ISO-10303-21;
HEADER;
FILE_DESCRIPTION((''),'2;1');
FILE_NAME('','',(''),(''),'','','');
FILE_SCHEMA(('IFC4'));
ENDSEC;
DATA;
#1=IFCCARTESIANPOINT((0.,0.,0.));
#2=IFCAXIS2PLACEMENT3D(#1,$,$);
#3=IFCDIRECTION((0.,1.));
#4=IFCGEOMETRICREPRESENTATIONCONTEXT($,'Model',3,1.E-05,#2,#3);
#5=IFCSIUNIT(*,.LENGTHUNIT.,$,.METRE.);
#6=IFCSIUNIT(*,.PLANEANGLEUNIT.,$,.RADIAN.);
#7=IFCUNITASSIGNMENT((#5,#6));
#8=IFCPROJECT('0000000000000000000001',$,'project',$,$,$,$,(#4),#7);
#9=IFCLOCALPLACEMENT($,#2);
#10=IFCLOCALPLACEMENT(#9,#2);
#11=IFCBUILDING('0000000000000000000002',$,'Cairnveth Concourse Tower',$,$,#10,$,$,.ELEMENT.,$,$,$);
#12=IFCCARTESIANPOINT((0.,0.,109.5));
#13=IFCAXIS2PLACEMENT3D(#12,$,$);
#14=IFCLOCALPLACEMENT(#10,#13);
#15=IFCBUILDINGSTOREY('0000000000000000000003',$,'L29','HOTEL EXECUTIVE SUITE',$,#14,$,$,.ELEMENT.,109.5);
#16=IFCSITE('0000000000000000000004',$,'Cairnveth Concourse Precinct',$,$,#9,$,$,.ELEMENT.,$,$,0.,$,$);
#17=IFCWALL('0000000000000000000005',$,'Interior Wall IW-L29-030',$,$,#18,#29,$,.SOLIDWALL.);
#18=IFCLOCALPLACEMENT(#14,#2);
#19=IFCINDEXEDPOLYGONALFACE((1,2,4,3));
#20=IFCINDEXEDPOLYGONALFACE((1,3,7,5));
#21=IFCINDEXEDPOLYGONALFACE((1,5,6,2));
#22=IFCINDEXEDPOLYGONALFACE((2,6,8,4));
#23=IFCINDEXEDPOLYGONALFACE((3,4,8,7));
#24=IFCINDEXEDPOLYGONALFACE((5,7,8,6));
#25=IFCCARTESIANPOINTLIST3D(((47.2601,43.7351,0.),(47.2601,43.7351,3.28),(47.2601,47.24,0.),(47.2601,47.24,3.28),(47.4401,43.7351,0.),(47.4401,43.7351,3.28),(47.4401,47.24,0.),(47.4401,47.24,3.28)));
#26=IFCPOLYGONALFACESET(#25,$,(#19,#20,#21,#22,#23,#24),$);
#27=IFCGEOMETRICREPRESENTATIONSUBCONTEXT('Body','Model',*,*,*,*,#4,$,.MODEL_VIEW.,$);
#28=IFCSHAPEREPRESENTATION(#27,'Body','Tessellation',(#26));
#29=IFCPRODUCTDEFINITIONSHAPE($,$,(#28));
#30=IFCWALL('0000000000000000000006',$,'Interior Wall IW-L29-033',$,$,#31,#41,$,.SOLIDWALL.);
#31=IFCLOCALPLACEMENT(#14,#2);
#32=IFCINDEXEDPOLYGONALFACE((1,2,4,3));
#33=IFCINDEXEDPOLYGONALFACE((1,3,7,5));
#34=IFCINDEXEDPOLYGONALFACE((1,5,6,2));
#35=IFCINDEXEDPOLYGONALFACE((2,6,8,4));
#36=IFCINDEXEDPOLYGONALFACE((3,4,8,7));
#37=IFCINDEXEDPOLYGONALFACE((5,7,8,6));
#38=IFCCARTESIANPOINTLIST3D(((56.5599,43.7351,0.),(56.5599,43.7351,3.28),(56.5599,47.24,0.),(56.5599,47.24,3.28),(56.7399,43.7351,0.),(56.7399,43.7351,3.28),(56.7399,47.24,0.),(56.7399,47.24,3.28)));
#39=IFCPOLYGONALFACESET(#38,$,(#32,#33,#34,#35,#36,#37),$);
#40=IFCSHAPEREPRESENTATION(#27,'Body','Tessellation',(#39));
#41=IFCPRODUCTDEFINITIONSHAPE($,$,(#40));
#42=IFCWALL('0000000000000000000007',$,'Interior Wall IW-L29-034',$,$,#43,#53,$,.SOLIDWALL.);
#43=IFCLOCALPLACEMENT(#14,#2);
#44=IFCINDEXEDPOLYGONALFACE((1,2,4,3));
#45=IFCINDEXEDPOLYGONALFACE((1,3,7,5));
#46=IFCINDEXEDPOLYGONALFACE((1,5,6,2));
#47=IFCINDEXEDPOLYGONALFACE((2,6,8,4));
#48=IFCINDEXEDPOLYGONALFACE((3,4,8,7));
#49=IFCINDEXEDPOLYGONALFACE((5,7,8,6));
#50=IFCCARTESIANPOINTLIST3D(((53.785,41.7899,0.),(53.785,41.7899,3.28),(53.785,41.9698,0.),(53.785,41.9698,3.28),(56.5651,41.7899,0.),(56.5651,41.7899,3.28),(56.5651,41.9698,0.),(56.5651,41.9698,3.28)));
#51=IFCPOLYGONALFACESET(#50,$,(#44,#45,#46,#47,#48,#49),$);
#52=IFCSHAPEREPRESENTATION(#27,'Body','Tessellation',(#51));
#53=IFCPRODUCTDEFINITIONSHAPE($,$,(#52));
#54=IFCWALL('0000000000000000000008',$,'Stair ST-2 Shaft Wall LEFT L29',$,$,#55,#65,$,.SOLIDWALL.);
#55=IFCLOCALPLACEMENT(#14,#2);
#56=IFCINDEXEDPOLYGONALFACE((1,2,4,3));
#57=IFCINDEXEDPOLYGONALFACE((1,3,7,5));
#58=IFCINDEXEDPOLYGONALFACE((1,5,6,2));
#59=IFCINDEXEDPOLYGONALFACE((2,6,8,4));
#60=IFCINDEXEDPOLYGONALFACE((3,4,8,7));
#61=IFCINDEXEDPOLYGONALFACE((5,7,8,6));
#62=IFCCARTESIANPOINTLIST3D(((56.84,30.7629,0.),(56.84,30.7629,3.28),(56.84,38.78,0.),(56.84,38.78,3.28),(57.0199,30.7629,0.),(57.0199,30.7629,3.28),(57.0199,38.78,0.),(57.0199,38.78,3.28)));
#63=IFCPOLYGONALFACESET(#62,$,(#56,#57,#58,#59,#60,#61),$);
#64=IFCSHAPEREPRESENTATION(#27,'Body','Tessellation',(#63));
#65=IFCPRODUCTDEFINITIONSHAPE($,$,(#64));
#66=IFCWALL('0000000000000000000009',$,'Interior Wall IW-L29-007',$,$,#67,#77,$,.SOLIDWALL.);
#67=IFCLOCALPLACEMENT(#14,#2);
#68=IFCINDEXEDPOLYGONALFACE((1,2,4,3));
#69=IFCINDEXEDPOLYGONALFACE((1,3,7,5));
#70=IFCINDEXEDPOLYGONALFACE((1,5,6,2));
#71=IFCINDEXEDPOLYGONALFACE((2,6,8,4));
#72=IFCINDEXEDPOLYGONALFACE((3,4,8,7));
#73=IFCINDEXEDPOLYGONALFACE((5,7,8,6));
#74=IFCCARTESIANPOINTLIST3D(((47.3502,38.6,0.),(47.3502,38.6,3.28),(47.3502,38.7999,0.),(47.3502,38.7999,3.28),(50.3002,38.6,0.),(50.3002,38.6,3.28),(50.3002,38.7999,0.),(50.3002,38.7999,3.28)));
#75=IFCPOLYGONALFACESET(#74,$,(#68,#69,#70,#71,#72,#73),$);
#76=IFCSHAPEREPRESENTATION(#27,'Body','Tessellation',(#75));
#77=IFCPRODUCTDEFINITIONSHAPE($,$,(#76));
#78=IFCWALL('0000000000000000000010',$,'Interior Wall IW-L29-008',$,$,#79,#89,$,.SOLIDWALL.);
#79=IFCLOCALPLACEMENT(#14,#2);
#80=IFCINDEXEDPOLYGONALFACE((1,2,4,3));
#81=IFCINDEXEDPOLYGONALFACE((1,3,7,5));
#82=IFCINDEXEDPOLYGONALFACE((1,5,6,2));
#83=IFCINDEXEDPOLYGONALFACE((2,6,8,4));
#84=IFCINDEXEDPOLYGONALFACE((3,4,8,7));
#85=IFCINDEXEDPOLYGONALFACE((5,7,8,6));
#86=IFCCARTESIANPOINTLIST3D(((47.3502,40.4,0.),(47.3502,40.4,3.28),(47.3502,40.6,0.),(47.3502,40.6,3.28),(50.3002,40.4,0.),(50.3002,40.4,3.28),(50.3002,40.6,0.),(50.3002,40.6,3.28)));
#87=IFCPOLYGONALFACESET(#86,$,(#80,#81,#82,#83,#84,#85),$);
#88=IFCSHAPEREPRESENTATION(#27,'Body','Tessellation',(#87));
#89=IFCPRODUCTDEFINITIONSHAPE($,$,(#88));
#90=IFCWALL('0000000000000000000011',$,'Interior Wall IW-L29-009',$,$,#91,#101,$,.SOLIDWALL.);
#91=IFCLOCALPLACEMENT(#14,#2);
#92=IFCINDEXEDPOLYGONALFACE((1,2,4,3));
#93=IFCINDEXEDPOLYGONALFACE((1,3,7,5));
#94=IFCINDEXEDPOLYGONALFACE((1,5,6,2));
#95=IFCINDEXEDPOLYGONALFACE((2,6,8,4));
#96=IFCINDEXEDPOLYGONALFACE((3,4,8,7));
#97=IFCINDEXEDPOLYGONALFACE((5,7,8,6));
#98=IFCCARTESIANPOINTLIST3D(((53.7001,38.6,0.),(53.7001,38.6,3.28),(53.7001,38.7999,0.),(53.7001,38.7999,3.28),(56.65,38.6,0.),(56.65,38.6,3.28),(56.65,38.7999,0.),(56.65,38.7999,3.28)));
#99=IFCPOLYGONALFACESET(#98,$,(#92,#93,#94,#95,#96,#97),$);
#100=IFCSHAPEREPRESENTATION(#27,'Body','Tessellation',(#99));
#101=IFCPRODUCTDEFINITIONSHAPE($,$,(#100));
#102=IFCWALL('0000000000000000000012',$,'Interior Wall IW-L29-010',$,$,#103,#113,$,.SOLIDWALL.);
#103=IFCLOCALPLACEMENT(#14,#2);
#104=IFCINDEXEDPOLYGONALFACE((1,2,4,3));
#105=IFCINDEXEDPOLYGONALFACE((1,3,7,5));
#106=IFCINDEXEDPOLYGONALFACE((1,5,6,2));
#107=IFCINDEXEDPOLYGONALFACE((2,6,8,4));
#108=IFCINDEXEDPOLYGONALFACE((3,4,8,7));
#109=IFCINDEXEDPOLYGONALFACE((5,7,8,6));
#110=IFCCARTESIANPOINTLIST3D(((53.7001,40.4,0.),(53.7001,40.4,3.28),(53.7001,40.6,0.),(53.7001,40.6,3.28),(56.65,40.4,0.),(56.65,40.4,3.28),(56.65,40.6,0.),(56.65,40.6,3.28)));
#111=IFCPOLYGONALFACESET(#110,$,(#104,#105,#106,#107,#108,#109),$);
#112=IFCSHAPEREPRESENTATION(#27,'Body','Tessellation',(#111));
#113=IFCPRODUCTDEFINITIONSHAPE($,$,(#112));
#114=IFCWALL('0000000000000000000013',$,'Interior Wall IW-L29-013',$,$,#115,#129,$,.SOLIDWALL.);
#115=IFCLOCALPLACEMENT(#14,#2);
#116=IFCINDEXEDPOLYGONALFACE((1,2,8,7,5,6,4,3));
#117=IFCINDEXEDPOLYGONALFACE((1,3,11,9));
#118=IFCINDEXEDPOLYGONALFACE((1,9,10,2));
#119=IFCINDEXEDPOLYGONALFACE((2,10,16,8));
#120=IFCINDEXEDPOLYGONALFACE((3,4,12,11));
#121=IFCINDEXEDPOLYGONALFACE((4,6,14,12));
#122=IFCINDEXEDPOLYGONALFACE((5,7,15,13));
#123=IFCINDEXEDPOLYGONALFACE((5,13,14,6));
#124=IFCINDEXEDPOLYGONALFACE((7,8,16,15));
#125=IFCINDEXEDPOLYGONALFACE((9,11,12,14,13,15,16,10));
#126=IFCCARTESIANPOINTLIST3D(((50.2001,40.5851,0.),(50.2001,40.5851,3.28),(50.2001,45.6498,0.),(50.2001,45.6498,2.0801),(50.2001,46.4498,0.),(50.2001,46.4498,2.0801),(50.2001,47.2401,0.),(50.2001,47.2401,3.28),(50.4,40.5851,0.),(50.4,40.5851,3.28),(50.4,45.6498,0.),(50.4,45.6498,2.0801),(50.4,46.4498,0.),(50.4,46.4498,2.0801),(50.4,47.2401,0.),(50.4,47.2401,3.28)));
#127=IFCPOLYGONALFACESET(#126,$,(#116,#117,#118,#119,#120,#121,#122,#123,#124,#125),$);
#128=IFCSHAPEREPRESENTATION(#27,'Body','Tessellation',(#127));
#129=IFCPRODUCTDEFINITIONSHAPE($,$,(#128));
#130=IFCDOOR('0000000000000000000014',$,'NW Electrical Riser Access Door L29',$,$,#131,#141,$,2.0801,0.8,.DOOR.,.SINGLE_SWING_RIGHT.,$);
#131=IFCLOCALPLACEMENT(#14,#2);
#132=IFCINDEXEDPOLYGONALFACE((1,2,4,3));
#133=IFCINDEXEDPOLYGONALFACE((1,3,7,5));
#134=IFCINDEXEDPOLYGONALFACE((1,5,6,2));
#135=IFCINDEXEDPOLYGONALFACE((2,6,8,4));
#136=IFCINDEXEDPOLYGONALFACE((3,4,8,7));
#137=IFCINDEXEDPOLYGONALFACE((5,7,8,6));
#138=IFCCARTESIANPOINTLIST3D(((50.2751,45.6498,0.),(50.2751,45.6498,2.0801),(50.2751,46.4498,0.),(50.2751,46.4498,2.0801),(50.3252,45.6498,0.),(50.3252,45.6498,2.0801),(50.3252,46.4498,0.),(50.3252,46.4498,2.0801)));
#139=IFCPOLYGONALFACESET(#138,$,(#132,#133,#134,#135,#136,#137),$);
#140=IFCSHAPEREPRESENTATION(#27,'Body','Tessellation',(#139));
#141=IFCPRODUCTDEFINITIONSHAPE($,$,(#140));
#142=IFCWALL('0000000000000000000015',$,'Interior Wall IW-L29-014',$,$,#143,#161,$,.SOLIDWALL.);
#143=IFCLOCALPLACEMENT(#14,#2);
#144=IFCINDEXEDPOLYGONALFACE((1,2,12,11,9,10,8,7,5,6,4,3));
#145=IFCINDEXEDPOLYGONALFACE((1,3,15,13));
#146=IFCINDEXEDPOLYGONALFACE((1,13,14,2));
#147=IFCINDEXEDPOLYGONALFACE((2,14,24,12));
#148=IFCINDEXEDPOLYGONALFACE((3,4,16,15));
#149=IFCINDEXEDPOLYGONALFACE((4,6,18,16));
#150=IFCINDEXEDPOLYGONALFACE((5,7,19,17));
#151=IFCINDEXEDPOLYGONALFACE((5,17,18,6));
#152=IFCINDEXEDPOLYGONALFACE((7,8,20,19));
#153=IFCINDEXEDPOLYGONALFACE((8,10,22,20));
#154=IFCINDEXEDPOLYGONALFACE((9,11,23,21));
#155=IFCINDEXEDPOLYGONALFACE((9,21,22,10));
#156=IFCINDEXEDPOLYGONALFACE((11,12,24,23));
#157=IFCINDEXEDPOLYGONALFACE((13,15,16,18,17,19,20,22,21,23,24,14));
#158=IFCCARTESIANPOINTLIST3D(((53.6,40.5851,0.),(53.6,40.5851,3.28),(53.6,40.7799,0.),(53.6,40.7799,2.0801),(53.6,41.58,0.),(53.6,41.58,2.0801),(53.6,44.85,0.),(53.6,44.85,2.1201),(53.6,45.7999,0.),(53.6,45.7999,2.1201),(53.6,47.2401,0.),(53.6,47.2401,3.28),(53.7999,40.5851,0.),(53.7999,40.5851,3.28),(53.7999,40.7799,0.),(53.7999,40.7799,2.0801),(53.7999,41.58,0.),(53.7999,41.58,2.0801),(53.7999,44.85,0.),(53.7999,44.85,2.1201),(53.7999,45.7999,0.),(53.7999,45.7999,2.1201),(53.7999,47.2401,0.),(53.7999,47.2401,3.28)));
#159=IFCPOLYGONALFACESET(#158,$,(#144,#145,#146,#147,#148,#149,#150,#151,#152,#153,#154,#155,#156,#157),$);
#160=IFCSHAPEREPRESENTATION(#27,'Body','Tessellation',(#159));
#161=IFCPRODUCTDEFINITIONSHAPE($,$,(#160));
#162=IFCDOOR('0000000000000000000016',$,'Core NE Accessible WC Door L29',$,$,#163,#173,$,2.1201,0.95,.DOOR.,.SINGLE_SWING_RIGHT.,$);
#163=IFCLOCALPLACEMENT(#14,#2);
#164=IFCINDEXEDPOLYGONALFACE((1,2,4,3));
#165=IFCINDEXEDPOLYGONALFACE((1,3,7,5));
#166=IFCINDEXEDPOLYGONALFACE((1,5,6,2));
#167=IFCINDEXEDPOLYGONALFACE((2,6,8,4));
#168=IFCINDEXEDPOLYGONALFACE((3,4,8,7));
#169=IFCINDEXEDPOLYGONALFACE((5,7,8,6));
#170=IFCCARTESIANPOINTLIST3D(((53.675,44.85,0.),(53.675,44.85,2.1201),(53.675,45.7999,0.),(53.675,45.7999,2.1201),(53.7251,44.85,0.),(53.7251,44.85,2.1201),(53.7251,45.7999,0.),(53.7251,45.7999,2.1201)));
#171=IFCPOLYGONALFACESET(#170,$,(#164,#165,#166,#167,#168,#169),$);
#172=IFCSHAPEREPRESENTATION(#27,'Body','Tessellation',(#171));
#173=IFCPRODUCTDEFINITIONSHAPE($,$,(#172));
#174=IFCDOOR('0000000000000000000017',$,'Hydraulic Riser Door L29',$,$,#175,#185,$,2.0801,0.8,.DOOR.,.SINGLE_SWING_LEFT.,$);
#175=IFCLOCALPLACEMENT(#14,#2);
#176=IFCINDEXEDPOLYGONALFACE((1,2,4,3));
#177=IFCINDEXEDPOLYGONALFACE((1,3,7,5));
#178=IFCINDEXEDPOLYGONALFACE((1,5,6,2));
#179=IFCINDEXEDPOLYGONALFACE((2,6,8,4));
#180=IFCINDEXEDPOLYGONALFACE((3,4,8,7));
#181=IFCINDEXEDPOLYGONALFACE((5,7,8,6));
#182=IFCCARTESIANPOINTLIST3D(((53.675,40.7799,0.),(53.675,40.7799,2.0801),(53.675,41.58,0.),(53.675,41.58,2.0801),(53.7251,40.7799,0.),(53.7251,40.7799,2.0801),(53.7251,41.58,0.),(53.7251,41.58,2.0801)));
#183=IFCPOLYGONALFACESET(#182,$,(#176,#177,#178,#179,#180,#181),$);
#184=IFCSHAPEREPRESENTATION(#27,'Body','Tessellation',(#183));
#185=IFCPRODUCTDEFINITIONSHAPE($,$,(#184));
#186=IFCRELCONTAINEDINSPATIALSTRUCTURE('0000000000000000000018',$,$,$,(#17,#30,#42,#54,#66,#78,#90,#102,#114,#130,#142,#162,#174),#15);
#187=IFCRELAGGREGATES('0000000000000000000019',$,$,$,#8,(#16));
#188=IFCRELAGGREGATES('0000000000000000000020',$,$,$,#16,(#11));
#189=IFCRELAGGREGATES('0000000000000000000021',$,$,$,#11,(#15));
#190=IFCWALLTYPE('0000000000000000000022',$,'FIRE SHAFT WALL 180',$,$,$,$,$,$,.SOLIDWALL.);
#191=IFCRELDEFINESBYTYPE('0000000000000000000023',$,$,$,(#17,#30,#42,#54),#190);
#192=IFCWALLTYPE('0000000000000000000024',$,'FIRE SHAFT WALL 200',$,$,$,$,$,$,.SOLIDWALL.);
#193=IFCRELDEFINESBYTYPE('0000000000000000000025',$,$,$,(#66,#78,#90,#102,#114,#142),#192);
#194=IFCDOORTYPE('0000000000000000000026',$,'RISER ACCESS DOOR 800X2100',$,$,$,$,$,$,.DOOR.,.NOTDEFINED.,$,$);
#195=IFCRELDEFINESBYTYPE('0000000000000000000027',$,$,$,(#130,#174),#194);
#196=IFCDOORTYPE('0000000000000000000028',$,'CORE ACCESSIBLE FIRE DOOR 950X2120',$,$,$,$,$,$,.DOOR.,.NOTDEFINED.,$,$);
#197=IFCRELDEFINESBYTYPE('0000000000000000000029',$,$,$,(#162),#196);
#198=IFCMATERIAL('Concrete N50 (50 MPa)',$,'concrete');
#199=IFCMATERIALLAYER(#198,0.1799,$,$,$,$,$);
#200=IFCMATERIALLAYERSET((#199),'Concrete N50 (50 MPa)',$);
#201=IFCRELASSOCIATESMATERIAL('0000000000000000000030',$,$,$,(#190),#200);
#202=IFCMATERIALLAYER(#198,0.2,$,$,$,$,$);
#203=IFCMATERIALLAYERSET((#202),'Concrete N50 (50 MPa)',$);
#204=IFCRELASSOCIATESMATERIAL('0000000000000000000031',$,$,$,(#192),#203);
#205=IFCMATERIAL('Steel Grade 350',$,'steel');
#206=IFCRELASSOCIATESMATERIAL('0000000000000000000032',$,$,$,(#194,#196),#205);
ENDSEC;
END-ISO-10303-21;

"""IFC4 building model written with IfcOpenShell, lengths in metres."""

from ifc_helpers import new_model, si_unit, direction, frame, frame_2d, origin, place, context, subcontext, project, spatial, rectangle, extrude, material, layer, layer_set, type_object, element, fill, save


model = new_model("IFC4")

# Units and contexts
model_context = context("Model", 3, precision=1e-05, world=origin(), true_north=direction((0.0, 1.0)))
body_context = subcontext(model_context, "Body", "Model", "MODEL_VIEW")
ifc_project = project(units=[si_unit("LENGTHUNIT", "METRE"), si_unit("PLANEANGLEUNIT", "RADIAN")], contexts=[model_context])

# Site, building, storey
site_placement = place(None, origin())
site = spatial("IfcSite", under=ifc_project, at=site_placement, Name="Cairnveth Concourse Precinct", CompositionType="ELEMENT", RefElevation=0.0)
building_placement = place(site_placement, origin())
building = spatial("IfcBuilding", under=site, at=building_placement, Name="Cairnveth Concourse Tower", CompositionType="ELEMENT")
storey_placement = place(building_placement, frame((0.0, 0.0, 109.5)))
storey = spatial("IfcBuildingStorey", under=building, at=storey_placement, Name="L29", Description="HOTEL EXECUTIVE SUITE", CompositionType="ELEMENT", Elevation=109.5)

# Walls
ifc_material_1 = material(Name="Concrete N50 (50 MPa)", Category="concrete")
ifc_layer_1 = layer(ifc_material_1, 0.1799)
ifc_layer_set_1 = layer_set([ifc_layer_1], Name="Concrete N50 (50 MPa)")
wall_type_1 = type_object("IfcWallType", Name="FIRE SHAFT WALL 180", PredefinedType="SOLIDWALL", material=ifc_layer_set_1)
for number, where, z_axis, x_axis, name in (
    (1, (47.3501, 43.7351, 0.0), (0.0, 0.0, 1.0), (0.0, 1.0, 0.0), "Interior Wall IW-L29-030"),
    (2, (56.6499, 43.7351, 0.0), (0.0, 0.0, 1.0), (0.0, 1.0, 0.0), "Interior Wall IW-L29-033"),
):
    element("IfcWall", number, at=place(storey_placement, frame(where, z_axis=z_axis, x_axis=x_axis)), inside=storey, type_object=wall_type_1, Name=name, PredefinedType="SOLIDWALL", context=body_context, shape_type="SweptSolid", body=[
        extrude(rectangle(XDim=3.5049, YDim=0.1799, at=frame_2d((1.7524, 0.0))), origin(), (0.0, 0.0, 1.0), 3.28),
    ])
wall_1_placement = place(storey_placement, frame((53.7849, 41.8799, 0.0), z_axis=(0.0, 0.0, 1.0), x_axis=(1.0, 0.0, 0.0)))
element("IfcWall", 3, at=wall_1_placement, inside=storey, type_object=wall_type_1, Name="Interior Wall IW-L29-034", PredefinedType="SOLIDWALL", context=body_context, shape_type="SweptSolid", body=[
    extrude(rectangle(XDim=2.78, YDim=0.1799, at=frame_2d((1.3901, 0.0))), origin(), (0.0, 0.0, 1.0), 3.28),
])
wall_2_placement = place(storey_placement, frame((56.9299, 38.78, 0.0), z_axis=(0.0, 0.0, 1.0), x_axis=(0.0, -1.0, 0.0)))
element("IfcWall", 4, at=wall_2_placement, inside=storey, type_object=wall_type_1, Name="Stair ST-2 Shaft Wall LEFT L29", PredefinedType="SOLIDWALL", context=body_context, shape_type="SweptSolid", body=[
    extrude(rectangle(XDim=8.0171, YDim=0.1799, at=frame_2d((4.0085, 0.0))), origin(), (0.0, 0.0, 1.0), 3.28),
])
ifc_layer_2 = layer(ifc_material_1, 0.2)
ifc_layer_set_2 = layer_set([ifc_layer_2], Name="Concrete N50 (50 MPa)")
wall_type_2 = type_object("IfcWallType", Name="FIRE SHAFT WALL 200", PredefinedType="SOLIDWALL", material=ifc_layer_set_2)
for number, where, z_axis, x_axis, name in (
    (5, (47.3501, 38.7, 0.0), (0.0, 0.0, 1.0), (1.0, 0.0, 0.0), "Interior Wall IW-L29-007"),
    (6, (47.3501, 40.5, 0.0), (0.0, 0.0, 1.0), (1.0, 0.0, 0.0), "Interior Wall IW-L29-008"),
    (7, (53.7, 38.7, 0.0), (0.0, 0.0, 1.0), (1.0, 0.0, 0.0), "Interior Wall IW-L29-009"),
    (8, (53.7, 40.5, 0.0), (0.0, 0.0, 1.0), (1.0, 0.0, 0.0), "Interior Wall IW-L29-010"),
):
    element("IfcWall", number, at=place(storey_placement, frame(where, z_axis=z_axis, x_axis=x_axis)), inside=storey, type_object=wall_type_2, Name=name, PredefinedType="SOLIDWALL", context=body_context, shape_type="SweptSolid", body=[
        extrude(rectangle(XDim=2.95, YDim=0.2, at=frame_2d((1.4751, 0.0))), origin(), (0.0, 0.0, 1.0), 3.28),
    ])

# Wall, opening, door
wall_3_placement = place(storey_placement, frame((50.3, 40.585, 0.0), z_axis=(0.0, 0.0, 1.0), x_axis=(0.0, 1.0, 0.0)))
wall_3 = element("IfcWall", 9, at=wall_3_placement, inside=storey, type_object=wall_type_2, Name="Interior Wall IW-L29-013", PredefinedType="SOLIDWALL", context=body_context, shape_type="SweptSolid", body=[
    extrude(rectangle(XDim=6.655, YDim=0.2, at=frame_2d((3.3276, 0.0))), origin(), (0.0, 0.0, 1.0), 3.28),
])
opening_1_placement = place(wall_3_placement, frame((5.0649, 0.0, 0.0)))
opening_1 = element("IfcOpeningElement", 10, at=opening_1_placement, cuts=wall_3, PredefinedType="OPENING", context=body_context, shape_type="SweptSolid", body=[
    extrude(rectangle(XDim=0.8, YDim=2.0801, at=frame_2d((0.3999, 1.04))), frame((0.0, 0.1099, 0.0), z_axis=(0.0, -1.0, 0.0), x_axis=(1.0, 0.0, 0.0)), (0.0, 0.0, 1.0), 0.22),
])
ifc_material_2 = material(Name="Steel Grade 350", Category="steel")
door_type_1 = type_object("IfcDoorType", Name="RISER ACCESS DOOR 800X2100", OperationType="NOTDEFINED", PredefinedType="DOOR", material=ifc_material_2)
door_1_placement = place(opening_1_placement, origin())
door_1 = element("IfcDoor", 11, at=door_1_placement, inside=storey, type_object=door_type_1, Name="NW Electrical Riser Access Door L29", OperationType="SINGLE_SWING_RIGHT", OverallHeight=2.0801, OverallWidth=0.8, PredefinedType="DOOR", context=body_context, shape_type="SweptSolid", body=[
    extrude(rectangle(XDim=0.8, YDim=2.0801, at=frame_2d((0.3999, 1.04))), frame((0.0, 0.0249, 0.0), z_axis=(0.0, -1.0, 0.0), x_axis=(1.0, 0.0, 0.0)), (0.0, 0.0, 1.0), 0.05),
])
fill(opening_1, door_1)

# Wall, openings, doors
wall_4_placement = place(storey_placement, frame((53.7, 40.585, 0.0), z_axis=(0.0, 0.0, 1.0), x_axis=(0.0, 1.0, 0.0)))
wall_4 = element("IfcWall", 12, at=wall_4_placement, inside=storey, type_object=wall_type_2, Name="Interior Wall IW-L29-014", PredefinedType="SOLIDWALL", context=body_context, shape_type="SweptSolid", body=[
    extrude(rectangle(XDim=6.655, YDim=0.2, at=frame_2d((3.3276, 0.0))), origin(), (0.0, 0.0, 1.0), 3.28),
])
opening_2_placement = place(wall_4_placement, frame((0.1951, 0.0, 0.0)))
opening_2 = element("IfcOpeningElement", 13, at=opening_2_placement, cuts=wall_4, PredefinedType="OPENING", context=body_context, shape_type="SweptSolid", body=[
    extrude(rectangle(XDim=0.8, YDim=2.0801, at=frame_2d((0.3999, 1.04))), frame((0.0, 0.1099, 0.0), z_axis=(0.0, -1.0, 0.0), x_axis=(1.0, 0.0, 0.0)), (0.0, 0.0, 1.0), 0.22),
])
opening_3_placement = place(wall_4_placement, frame((4.2649, 0.0, 0.0)))
opening_3 = element("IfcOpeningElement", 14, at=opening_3_placement, cuts=wall_4, PredefinedType="OPENING", context=body_context, shape_type="SweptSolid", body=[
    extrude(rectangle(XDim=0.95, YDim=2.1201, at=frame_2d((0.4751, 1.0601))), frame((0.0, 0.1099, 0.0), z_axis=(0.0, -1.0, 0.0), x_axis=(1.0, 0.0, 0.0)), (0.0, 0.0, 1.0), 0.22),
])
door_type_2 = type_object("IfcDoorType", Name="CORE ACCESSIBLE FIRE DOOR 950X2120", OperationType="NOTDEFINED", PredefinedType="DOOR", material=ifc_material_2)
door_2_placement = place(opening_3_placement, origin())
door_2 = element("IfcDoor", 15, at=door_2_placement, inside=storey, type_object=door_type_2, Name="Core NE Accessible WC Door L29", OperationType="SINGLE_SWING_RIGHT", OverallHeight=2.1201, OverallWidth=0.95, PredefinedType="DOOR", context=body_context, shape_type="SweptSolid", body=[
    extrude(rectangle(XDim=0.95, YDim=2.1201, at=frame_2d((0.4751, 1.0601))), frame((0.0, 0.0249, 0.0), z_axis=(0.0, -1.0, 0.0), x_axis=(1.0, 0.0, 0.0)), (0.0, 0.0, 1.0), 0.05),
])
fill(opening_3, door_2)
door_3_placement = place(opening_2_placement, origin())
door_3 = element("IfcDoor", 16, at=door_3_placement, inside=storey, type_object=door_type_1, Name="Hydraulic Riser Door L29", OperationType="SINGLE_SWING_LEFT", OverallHeight=2.0801, OverallWidth=0.8, PredefinedType="DOOR", context=body_context, shape_type="SweptSolid", body=[
    extrude(rectangle(XDim=0.8, YDim=2.0801, at=frame_2d((0.3999, 1.04))), frame((0.0, 0.0249, 0.0), z_axis=(0.0, -1.0, 0.0), x_axis=(1.0, 0.0, 0.0)), (0.0, 0.0, 1.0), 0.05),
])
fill(opening_2, door_3)

save(model, "model.ifc")
